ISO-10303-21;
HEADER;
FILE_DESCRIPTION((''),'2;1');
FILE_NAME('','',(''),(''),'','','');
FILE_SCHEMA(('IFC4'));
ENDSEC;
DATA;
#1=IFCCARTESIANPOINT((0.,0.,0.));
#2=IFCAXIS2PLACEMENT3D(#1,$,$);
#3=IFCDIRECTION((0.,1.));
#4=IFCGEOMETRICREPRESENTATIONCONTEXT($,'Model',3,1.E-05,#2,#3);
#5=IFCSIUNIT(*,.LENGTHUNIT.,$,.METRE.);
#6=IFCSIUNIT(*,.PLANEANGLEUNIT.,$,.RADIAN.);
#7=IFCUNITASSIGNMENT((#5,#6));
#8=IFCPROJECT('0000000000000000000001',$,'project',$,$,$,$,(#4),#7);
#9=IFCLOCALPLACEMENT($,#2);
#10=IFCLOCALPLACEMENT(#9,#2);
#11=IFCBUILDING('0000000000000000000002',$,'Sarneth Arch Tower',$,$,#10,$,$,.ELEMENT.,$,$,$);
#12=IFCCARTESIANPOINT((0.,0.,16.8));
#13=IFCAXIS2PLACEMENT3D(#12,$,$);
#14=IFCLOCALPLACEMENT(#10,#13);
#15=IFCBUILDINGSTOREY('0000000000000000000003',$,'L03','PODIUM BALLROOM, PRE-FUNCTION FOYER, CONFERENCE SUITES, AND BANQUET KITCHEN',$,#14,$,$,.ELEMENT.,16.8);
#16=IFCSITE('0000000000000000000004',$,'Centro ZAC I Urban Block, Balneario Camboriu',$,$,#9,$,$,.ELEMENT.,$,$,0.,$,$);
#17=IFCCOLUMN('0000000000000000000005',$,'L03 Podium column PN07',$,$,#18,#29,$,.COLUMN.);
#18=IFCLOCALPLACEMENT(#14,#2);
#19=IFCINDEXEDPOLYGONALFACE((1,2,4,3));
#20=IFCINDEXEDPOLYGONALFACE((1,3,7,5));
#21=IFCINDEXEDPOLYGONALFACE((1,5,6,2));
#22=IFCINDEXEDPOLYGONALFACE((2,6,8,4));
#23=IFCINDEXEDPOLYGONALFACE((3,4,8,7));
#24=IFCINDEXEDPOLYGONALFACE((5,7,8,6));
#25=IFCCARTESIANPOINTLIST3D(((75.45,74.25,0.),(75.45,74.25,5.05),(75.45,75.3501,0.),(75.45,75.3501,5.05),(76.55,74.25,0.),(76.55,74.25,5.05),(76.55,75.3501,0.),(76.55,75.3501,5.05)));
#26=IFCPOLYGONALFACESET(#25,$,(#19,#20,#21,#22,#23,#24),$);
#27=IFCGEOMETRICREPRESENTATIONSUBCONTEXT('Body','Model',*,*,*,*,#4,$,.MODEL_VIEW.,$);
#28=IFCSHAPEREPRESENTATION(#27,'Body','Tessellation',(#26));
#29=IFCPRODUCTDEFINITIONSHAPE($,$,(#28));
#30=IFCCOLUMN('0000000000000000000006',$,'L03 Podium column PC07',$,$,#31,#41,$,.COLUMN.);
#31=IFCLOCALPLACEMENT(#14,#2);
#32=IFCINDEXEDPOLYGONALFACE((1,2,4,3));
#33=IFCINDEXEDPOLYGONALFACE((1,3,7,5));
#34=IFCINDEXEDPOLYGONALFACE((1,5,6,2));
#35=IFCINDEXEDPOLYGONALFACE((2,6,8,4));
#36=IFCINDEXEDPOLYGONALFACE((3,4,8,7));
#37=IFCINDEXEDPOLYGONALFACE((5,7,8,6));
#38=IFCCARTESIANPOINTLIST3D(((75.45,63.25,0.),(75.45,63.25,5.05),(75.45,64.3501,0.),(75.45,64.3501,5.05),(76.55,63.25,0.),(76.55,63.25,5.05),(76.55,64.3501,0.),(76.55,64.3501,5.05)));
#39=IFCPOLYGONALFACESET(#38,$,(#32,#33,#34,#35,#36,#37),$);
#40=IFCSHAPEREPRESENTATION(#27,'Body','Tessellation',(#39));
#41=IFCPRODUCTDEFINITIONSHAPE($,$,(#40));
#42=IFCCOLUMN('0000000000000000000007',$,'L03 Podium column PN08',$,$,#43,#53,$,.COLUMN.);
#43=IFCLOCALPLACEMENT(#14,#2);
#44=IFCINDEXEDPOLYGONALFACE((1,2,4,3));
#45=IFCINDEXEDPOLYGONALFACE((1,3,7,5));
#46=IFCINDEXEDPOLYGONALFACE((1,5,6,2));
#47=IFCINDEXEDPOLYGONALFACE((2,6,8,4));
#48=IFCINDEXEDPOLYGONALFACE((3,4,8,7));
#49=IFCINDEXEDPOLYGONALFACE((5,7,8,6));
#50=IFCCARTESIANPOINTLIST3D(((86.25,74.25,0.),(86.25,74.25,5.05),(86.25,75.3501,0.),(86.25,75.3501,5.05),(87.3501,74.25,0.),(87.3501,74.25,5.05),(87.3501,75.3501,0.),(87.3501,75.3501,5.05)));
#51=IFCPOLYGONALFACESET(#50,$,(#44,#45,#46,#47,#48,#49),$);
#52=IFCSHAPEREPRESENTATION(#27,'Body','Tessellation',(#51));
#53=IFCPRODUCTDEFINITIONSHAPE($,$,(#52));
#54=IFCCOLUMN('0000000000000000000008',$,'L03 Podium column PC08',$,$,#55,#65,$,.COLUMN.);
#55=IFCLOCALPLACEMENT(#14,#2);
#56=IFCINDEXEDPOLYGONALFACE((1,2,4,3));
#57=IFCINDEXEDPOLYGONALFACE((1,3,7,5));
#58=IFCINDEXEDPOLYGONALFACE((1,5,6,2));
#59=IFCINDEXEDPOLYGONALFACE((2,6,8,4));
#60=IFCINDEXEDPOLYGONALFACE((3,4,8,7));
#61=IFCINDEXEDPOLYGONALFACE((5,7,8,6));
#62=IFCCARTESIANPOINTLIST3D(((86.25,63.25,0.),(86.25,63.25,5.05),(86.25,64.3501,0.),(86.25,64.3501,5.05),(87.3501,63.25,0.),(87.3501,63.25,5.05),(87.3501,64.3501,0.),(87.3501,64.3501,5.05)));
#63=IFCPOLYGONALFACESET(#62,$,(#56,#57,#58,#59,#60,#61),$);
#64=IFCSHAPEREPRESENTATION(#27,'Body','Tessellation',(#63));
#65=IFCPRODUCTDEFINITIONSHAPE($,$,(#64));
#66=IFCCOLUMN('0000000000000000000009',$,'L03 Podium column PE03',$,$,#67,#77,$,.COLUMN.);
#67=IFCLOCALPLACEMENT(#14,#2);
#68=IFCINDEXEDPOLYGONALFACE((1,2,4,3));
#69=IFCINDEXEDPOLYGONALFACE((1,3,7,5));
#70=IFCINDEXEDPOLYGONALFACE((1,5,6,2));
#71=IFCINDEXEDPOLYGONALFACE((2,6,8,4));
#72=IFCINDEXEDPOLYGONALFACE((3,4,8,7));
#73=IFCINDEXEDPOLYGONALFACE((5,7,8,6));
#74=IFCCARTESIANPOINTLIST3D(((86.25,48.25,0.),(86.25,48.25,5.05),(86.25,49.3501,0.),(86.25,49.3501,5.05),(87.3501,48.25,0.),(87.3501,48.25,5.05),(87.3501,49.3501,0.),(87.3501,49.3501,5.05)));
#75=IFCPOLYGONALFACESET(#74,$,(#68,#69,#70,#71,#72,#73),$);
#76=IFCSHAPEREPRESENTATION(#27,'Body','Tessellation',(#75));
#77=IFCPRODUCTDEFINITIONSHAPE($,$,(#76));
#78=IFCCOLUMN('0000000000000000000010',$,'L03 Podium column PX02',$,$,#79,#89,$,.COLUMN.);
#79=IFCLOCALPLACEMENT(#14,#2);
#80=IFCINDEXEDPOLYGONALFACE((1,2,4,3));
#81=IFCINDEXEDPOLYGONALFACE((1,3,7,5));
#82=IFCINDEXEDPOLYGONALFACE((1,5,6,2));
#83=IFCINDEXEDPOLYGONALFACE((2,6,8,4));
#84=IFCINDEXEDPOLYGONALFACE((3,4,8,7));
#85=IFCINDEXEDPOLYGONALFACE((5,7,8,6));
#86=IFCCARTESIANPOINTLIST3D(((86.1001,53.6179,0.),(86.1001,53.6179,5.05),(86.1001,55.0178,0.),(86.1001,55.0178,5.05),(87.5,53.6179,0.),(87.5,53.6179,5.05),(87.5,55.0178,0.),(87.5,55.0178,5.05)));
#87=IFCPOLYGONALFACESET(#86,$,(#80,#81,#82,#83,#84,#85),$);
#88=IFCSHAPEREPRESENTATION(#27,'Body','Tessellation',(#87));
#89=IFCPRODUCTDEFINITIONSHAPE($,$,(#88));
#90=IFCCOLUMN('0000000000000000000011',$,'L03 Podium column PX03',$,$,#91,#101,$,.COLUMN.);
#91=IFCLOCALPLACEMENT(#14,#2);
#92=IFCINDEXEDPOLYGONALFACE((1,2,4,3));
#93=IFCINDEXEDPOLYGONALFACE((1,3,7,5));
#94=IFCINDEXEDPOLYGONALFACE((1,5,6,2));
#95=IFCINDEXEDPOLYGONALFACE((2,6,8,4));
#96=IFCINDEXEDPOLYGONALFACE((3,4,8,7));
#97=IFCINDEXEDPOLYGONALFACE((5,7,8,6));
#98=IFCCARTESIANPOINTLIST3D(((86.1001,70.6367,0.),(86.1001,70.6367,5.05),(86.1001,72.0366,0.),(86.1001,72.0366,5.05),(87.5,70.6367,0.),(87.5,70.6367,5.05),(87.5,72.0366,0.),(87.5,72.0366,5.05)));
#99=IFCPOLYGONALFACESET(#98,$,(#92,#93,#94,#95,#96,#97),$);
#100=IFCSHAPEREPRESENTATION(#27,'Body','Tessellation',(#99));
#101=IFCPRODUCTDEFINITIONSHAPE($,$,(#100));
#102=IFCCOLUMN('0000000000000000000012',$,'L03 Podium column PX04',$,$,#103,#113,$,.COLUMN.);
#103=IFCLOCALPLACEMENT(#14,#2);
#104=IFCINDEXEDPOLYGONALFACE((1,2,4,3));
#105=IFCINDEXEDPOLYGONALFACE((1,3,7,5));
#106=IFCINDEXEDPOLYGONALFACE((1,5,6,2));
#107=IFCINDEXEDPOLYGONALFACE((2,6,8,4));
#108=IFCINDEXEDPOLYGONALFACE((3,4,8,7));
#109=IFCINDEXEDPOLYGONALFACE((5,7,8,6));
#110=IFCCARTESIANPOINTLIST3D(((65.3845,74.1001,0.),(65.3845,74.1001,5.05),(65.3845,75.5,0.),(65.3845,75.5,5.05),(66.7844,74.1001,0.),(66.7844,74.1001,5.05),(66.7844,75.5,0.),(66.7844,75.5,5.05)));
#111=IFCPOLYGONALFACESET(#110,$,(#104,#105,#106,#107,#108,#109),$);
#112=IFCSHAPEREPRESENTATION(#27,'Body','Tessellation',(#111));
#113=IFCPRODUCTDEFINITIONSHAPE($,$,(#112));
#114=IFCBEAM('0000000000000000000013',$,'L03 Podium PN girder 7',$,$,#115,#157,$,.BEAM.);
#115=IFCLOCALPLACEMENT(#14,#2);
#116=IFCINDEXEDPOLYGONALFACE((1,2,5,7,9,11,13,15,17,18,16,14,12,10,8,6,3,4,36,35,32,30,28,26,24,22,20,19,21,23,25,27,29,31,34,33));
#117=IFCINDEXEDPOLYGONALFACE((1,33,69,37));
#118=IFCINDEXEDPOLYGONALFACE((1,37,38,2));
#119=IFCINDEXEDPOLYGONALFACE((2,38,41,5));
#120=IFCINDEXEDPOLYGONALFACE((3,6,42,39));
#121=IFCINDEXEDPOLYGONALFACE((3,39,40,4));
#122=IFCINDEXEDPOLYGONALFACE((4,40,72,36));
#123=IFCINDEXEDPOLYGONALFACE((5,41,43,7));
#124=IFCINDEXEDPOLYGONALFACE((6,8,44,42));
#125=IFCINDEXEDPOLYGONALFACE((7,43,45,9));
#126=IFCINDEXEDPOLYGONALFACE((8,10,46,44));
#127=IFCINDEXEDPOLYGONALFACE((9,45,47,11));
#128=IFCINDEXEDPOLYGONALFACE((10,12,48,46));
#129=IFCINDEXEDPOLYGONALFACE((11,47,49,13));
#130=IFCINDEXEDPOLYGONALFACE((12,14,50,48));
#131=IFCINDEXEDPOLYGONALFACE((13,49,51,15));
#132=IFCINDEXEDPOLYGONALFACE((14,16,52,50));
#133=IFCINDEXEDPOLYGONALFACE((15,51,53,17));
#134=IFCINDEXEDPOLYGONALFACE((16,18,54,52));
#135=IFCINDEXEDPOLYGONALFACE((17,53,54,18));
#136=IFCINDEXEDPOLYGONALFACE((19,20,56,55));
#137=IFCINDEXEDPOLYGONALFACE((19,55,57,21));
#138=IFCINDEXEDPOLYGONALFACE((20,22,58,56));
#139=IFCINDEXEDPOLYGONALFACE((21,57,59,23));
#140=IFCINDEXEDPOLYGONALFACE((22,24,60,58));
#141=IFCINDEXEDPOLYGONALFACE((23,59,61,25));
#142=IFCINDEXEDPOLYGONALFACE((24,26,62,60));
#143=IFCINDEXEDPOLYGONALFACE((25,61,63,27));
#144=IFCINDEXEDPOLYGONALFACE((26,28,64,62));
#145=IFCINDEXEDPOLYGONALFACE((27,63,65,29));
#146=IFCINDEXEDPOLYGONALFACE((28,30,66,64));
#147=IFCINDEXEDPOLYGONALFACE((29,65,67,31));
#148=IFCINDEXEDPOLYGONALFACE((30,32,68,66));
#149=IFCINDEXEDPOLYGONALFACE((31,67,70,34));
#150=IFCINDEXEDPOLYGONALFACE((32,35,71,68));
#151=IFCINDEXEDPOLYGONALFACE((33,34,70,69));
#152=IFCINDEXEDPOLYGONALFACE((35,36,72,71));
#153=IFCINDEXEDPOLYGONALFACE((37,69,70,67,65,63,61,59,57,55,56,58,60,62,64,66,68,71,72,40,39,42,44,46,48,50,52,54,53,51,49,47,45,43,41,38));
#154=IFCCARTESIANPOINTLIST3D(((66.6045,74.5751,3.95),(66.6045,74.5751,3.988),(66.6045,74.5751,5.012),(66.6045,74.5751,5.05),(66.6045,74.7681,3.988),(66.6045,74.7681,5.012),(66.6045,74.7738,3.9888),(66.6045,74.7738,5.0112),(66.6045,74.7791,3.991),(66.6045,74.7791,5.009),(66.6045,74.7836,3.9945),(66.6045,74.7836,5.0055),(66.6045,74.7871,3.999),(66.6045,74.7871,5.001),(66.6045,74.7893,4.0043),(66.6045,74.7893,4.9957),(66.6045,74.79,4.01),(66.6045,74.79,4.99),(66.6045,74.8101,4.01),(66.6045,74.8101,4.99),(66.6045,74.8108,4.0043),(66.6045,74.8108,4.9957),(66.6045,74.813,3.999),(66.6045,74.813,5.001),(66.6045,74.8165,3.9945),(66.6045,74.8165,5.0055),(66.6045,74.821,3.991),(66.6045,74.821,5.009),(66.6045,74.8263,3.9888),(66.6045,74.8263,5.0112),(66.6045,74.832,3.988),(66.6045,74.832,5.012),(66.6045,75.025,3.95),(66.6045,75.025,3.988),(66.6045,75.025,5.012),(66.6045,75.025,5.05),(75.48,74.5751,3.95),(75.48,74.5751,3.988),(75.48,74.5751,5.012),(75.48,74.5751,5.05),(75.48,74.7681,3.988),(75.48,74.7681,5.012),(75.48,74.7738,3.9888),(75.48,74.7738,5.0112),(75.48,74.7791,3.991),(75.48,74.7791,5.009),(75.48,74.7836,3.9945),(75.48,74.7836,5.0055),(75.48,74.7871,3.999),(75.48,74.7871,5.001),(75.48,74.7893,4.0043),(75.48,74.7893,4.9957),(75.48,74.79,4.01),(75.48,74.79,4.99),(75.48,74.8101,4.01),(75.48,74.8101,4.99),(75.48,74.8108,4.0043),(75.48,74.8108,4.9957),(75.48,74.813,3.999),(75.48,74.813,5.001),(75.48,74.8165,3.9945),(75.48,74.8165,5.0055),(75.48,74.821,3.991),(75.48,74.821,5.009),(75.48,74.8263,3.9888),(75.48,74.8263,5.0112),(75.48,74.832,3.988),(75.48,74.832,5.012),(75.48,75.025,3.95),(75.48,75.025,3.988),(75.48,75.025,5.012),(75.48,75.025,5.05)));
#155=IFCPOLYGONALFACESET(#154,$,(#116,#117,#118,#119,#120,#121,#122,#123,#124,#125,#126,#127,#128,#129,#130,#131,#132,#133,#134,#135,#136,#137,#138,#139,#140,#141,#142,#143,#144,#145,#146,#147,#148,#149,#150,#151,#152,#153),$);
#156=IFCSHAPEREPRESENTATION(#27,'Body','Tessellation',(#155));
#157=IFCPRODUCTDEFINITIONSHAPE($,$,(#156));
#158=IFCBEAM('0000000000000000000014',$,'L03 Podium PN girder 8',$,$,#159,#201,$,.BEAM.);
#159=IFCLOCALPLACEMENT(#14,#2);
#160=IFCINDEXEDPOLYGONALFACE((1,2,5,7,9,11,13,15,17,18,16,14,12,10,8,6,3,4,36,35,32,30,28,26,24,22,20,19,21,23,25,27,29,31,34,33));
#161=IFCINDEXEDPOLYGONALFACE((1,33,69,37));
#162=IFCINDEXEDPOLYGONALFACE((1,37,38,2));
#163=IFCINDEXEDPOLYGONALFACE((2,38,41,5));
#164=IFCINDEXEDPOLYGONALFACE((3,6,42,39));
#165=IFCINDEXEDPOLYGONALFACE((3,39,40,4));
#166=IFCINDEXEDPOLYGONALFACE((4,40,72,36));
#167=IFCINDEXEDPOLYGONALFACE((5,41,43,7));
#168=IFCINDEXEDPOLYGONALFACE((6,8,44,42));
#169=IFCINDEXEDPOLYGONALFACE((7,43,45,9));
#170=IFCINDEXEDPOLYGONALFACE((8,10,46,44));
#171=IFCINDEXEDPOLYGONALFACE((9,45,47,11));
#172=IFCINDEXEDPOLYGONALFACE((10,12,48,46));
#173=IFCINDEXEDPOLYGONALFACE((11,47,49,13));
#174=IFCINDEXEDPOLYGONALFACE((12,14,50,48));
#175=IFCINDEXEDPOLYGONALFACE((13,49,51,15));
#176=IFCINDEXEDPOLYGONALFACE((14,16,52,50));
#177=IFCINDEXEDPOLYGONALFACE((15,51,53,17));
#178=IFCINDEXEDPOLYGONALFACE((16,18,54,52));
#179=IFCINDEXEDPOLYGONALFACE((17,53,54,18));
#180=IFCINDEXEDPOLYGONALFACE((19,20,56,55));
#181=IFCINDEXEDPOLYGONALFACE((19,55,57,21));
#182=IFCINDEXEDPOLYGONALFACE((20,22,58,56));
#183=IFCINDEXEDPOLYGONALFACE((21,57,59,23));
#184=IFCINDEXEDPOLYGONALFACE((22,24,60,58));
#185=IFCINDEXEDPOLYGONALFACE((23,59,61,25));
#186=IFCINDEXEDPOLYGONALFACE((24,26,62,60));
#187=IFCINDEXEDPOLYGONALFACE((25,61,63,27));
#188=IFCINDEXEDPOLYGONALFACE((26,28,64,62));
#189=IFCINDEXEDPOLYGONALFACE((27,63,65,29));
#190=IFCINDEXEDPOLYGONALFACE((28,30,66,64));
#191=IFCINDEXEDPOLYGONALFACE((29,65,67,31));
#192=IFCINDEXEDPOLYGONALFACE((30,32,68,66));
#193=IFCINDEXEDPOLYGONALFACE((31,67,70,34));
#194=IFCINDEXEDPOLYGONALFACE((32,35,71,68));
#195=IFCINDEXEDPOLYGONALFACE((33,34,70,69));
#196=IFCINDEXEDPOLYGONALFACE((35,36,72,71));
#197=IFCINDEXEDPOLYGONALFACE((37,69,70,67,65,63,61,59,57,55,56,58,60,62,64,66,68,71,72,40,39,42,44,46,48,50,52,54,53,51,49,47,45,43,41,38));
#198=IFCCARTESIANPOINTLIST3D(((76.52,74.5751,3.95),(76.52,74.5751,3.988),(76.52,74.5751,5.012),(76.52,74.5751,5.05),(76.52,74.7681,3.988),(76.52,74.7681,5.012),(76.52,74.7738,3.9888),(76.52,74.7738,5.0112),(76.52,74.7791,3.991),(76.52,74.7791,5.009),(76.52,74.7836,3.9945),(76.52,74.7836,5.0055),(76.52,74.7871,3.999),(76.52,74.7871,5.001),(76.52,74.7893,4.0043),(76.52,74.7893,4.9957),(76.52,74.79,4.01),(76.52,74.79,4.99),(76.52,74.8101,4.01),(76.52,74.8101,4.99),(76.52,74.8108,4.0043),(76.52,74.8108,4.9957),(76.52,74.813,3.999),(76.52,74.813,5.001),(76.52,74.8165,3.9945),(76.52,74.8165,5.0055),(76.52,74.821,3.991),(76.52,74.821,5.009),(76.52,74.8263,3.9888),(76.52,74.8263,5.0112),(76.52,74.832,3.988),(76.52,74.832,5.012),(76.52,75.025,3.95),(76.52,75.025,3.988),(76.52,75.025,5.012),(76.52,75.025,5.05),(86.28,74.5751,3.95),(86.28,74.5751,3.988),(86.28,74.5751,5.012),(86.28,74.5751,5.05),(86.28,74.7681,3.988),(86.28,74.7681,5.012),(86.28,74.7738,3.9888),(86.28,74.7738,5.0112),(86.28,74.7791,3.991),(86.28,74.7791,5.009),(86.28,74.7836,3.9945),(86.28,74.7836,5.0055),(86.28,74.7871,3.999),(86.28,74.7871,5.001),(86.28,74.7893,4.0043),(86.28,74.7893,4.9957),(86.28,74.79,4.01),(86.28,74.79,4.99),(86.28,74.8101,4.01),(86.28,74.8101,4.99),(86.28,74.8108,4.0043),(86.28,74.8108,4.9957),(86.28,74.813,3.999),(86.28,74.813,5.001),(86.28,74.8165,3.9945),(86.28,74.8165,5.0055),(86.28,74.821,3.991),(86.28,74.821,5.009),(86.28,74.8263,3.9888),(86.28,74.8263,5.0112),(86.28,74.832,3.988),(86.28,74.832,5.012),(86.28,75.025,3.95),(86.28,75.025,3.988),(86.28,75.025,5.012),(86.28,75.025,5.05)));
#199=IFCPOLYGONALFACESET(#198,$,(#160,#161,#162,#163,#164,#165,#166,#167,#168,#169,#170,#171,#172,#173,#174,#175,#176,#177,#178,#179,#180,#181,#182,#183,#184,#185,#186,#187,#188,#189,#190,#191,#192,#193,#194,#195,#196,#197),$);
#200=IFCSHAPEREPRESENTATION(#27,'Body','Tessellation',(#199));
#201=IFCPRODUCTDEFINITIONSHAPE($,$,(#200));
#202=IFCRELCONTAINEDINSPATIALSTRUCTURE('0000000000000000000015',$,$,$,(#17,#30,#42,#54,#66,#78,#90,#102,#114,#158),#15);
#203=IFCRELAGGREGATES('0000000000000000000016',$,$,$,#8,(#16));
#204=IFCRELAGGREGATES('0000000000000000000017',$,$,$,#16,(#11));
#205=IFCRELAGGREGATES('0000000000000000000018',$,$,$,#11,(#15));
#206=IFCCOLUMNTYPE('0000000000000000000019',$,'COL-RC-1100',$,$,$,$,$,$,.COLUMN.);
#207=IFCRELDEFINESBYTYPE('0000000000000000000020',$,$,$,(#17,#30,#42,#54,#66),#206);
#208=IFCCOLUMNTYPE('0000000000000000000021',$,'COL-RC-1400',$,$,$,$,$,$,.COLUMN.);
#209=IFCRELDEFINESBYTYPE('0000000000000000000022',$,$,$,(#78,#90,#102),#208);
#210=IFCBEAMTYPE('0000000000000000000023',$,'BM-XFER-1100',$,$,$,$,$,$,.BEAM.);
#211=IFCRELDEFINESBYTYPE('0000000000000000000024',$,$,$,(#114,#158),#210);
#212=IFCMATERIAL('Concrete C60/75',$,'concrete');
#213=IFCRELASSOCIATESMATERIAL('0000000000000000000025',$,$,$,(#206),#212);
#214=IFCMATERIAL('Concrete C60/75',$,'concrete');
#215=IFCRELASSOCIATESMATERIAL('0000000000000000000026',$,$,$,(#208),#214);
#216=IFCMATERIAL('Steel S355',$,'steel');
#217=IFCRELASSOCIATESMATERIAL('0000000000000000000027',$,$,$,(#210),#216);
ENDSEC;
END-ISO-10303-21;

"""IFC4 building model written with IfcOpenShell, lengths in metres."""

from ifc_helpers import new_model, si_unit, direction, frame, origin, origin_2d, place, context, subcontext, project, spatial, rectangle, i_section, extrude, material, material_profile, profile_set, type_object, element, save


model = new_model("IFC4")

# Units and contexts
model_context = context("Model", 3, precision=1e-05, world=origin(), true_north=direction((0.0, 1.0)))
body_context = subcontext(model_context, "Body", "Model", "MODEL_VIEW")
ifc_project = project(units=[si_unit("LENGTHUNIT", "METRE"), si_unit("PLANEANGLEUNIT", "RADIAN")], contexts=[model_context])

# Site, building, storey
site_placement = place(None, origin())
site = spatial("IfcSite", under=ifc_project, at=site_placement, Name="Centro ZAC I Urban Block, Balneario Camboriu", CompositionType="ELEMENT", RefElevation=0.0)
building_placement = place(site_placement, origin())
building = spatial("IfcBuilding", under=site, at=building_placement, Name="Sarneth Arch Tower", CompositionType="ELEMENT")
storey_placement = place(building_placement, frame((0.0, 0.0, 16.8)))
storey = spatial("IfcBuildingStorey", under=building, at=storey_placement, Name="L03", Description="PODIUM BALLROOM, PRE-FUNCTION FOYER, CONFERENCE SUITES, AND BANQUET KITCHEN", CompositionType="ELEMENT", Elevation=16.8)

# Columns
ifc_material_1 = material(Name="Concrete C60/75", Category="concrete")
ifc_material_profile_1 = material_profile(ifc_material_1, rectangle(XDim=1.1001, YDim=1.1001, at=origin_2d()), Name="RC-1100x1100")
ifc_profile_set_1 = profile_set([ifc_material_profile_1], Name="Concrete C60/75")
column_type_1 = type_object("IfcColumnType", Name="COL-RC-1100", PredefinedType="COLUMN", material=ifc_profile_set_1)
for number, where, z_axis, x_axis, name in (
    (1, (76.0, 74.8, 0.0), (0.0, 0.0, 1.0), (1.0, 0.0, 0.0), "L03 Podium column PN07"),
    (2, (76.0, 63.8, 0.0), (0.0, 0.0, 1.0), (1.0, 0.0, 0.0), "L03 Podium column PC07"),
    (3, (86.8, 74.8, 0.0), (0.0, 0.0, 1.0), (1.0, 0.0, 0.0), "L03 Podium column PN08"),
    (4, (86.8, 63.8, 0.0), (0.0, 0.0, 1.0), (1.0, 0.0, 0.0), "L03 Podium column PC08"),
    (5, (86.8, 48.8, 0.0), (0.0, 0.0, 1.0), (1.0, 0.0, 0.0), "L03 Podium column PE03"),
):
    element("IfcColumn", number, at=place(storey_placement, frame(where, z_axis=z_axis, x_axis=x_axis)), inside=storey, type_object=column_type_1, Name=name, PredefinedType="COLUMN", context=body_context, shape_type="SweptSolid", body=[
        extrude(rectangle(XDim=1.1001, YDim=1.1001, at=origin_2d()), origin(), (0.0, 0.0, 1.0), 5.05),
    ])
ifc_material_2 = material(Name="Concrete C60/75", Category="concrete")
ifc_material_profile_2 = material_profile(ifc_material_2, rectangle(XDim=1.3999, YDim=1.3999, at=origin_2d()), Name="RC-1400x1400")
ifc_profile_set_2 = profile_set([ifc_material_profile_2], Name="Concrete C60/75")
column_type_2 = type_object("IfcColumnType", Name="COL-RC-1400", PredefinedType="COLUMN", material=ifc_profile_set_2)
for number, where, z_axis, x_axis, name in (
    (6, (86.8, 54.3179, 0.0), (0.0, 0.0, 1.0), (1.0, 0.0, 0.0), "L03 Podium column PX02"),
    (7, (86.8, 71.3367, 0.0), (0.0, 0.0, 1.0), (1.0, 0.0, 0.0), "L03 Podium column PX03"),
    (8, (66.0845, 74.8, 0.0), (0.0, 0.0, 1.0), (1.0, 0.0, 0.0), "L03 Podium column PX04"),
):
    element("IfcColumn", number, at=place(storey_placement, frame(where, z_axis=z_axis, x_axis=x_axis)), inside=storey, type_object=column_type_2, Name=name, PredefinedType="COLUMN", context=body_context, shape_type="SweptSolid", body=[
        extrude(rectangle(XDim=1.3999, YDim=1.3999, at=origin_2d()), origin(), (0.0, 0.0, 1.0), 5.05),
    ])

# Beams
ifc_material_3 = material(Name="Steel S355", Category="steel")
ifc_material_profile_3 = material_profile(ifc_material_3, i_section(OverallWidth=0.45, OverallDepth=1.1001, WebThickness=0.02, FlangeThickness=0.0381, FilletRadius=0.022, at=origin_2d()), Name="CVS1100x456")
ifc_profile_set_3 = profile_set([ifc_material_profile_3], Name="Steel S355")
beam_type = type_object("IfcBeamType", Name="BM-XFER-1100", PredefinedType="BEAM", material=ifc_profile_set_3)
beam_1_placement = place(storey_placement, frame((66.6045, 74.8, 4.5), z_axis=(1.0, 0.0, 0.0), x_axis=(0.0, 1.0, 0.0)))
element("IfcBeam", 9, at=beam_1_placement, inside=storey, type_object=beam_type, Name="L03 Podium PN girder 7", PredefinedType="BEAM", context=body_context, shape_type="SweptSolid", body=[
    extrude(i_section(OverallWidth=0.45, OverallDepth=1.1001, WebThickness=0.02, FlangeThickness=0.0381, FilletRadius=0.022, at=origin_2d()), origin(), (0.0, 0.0, 1.0), 8.8755),
])
beam_2_placement = place(storey_placement, frame((76.52, 74.8, 4.5), z_axis=(1.0, 0.0, 0.0), x_axis=(0.0, 1.0, 0.0)))
element("IfcBeam", 10, at=beam_2_placement, inside=storey, type_object=beam_type, Name="L03 Podium PN girder 8", PredefinedType="BEAM", context=body_context, shape_type="SweptSolid", body=[
    extrude(i_section(OverallWidth=0.45, OverallDepth=1.1001, WebThickness=0.02, FlangeThickness=0.0381, FilletRadius=0.022, at=origin_2d()), origin(), (0.0, 0.0, 1.0), 9.76),
])

save(model, "model.ifc")
